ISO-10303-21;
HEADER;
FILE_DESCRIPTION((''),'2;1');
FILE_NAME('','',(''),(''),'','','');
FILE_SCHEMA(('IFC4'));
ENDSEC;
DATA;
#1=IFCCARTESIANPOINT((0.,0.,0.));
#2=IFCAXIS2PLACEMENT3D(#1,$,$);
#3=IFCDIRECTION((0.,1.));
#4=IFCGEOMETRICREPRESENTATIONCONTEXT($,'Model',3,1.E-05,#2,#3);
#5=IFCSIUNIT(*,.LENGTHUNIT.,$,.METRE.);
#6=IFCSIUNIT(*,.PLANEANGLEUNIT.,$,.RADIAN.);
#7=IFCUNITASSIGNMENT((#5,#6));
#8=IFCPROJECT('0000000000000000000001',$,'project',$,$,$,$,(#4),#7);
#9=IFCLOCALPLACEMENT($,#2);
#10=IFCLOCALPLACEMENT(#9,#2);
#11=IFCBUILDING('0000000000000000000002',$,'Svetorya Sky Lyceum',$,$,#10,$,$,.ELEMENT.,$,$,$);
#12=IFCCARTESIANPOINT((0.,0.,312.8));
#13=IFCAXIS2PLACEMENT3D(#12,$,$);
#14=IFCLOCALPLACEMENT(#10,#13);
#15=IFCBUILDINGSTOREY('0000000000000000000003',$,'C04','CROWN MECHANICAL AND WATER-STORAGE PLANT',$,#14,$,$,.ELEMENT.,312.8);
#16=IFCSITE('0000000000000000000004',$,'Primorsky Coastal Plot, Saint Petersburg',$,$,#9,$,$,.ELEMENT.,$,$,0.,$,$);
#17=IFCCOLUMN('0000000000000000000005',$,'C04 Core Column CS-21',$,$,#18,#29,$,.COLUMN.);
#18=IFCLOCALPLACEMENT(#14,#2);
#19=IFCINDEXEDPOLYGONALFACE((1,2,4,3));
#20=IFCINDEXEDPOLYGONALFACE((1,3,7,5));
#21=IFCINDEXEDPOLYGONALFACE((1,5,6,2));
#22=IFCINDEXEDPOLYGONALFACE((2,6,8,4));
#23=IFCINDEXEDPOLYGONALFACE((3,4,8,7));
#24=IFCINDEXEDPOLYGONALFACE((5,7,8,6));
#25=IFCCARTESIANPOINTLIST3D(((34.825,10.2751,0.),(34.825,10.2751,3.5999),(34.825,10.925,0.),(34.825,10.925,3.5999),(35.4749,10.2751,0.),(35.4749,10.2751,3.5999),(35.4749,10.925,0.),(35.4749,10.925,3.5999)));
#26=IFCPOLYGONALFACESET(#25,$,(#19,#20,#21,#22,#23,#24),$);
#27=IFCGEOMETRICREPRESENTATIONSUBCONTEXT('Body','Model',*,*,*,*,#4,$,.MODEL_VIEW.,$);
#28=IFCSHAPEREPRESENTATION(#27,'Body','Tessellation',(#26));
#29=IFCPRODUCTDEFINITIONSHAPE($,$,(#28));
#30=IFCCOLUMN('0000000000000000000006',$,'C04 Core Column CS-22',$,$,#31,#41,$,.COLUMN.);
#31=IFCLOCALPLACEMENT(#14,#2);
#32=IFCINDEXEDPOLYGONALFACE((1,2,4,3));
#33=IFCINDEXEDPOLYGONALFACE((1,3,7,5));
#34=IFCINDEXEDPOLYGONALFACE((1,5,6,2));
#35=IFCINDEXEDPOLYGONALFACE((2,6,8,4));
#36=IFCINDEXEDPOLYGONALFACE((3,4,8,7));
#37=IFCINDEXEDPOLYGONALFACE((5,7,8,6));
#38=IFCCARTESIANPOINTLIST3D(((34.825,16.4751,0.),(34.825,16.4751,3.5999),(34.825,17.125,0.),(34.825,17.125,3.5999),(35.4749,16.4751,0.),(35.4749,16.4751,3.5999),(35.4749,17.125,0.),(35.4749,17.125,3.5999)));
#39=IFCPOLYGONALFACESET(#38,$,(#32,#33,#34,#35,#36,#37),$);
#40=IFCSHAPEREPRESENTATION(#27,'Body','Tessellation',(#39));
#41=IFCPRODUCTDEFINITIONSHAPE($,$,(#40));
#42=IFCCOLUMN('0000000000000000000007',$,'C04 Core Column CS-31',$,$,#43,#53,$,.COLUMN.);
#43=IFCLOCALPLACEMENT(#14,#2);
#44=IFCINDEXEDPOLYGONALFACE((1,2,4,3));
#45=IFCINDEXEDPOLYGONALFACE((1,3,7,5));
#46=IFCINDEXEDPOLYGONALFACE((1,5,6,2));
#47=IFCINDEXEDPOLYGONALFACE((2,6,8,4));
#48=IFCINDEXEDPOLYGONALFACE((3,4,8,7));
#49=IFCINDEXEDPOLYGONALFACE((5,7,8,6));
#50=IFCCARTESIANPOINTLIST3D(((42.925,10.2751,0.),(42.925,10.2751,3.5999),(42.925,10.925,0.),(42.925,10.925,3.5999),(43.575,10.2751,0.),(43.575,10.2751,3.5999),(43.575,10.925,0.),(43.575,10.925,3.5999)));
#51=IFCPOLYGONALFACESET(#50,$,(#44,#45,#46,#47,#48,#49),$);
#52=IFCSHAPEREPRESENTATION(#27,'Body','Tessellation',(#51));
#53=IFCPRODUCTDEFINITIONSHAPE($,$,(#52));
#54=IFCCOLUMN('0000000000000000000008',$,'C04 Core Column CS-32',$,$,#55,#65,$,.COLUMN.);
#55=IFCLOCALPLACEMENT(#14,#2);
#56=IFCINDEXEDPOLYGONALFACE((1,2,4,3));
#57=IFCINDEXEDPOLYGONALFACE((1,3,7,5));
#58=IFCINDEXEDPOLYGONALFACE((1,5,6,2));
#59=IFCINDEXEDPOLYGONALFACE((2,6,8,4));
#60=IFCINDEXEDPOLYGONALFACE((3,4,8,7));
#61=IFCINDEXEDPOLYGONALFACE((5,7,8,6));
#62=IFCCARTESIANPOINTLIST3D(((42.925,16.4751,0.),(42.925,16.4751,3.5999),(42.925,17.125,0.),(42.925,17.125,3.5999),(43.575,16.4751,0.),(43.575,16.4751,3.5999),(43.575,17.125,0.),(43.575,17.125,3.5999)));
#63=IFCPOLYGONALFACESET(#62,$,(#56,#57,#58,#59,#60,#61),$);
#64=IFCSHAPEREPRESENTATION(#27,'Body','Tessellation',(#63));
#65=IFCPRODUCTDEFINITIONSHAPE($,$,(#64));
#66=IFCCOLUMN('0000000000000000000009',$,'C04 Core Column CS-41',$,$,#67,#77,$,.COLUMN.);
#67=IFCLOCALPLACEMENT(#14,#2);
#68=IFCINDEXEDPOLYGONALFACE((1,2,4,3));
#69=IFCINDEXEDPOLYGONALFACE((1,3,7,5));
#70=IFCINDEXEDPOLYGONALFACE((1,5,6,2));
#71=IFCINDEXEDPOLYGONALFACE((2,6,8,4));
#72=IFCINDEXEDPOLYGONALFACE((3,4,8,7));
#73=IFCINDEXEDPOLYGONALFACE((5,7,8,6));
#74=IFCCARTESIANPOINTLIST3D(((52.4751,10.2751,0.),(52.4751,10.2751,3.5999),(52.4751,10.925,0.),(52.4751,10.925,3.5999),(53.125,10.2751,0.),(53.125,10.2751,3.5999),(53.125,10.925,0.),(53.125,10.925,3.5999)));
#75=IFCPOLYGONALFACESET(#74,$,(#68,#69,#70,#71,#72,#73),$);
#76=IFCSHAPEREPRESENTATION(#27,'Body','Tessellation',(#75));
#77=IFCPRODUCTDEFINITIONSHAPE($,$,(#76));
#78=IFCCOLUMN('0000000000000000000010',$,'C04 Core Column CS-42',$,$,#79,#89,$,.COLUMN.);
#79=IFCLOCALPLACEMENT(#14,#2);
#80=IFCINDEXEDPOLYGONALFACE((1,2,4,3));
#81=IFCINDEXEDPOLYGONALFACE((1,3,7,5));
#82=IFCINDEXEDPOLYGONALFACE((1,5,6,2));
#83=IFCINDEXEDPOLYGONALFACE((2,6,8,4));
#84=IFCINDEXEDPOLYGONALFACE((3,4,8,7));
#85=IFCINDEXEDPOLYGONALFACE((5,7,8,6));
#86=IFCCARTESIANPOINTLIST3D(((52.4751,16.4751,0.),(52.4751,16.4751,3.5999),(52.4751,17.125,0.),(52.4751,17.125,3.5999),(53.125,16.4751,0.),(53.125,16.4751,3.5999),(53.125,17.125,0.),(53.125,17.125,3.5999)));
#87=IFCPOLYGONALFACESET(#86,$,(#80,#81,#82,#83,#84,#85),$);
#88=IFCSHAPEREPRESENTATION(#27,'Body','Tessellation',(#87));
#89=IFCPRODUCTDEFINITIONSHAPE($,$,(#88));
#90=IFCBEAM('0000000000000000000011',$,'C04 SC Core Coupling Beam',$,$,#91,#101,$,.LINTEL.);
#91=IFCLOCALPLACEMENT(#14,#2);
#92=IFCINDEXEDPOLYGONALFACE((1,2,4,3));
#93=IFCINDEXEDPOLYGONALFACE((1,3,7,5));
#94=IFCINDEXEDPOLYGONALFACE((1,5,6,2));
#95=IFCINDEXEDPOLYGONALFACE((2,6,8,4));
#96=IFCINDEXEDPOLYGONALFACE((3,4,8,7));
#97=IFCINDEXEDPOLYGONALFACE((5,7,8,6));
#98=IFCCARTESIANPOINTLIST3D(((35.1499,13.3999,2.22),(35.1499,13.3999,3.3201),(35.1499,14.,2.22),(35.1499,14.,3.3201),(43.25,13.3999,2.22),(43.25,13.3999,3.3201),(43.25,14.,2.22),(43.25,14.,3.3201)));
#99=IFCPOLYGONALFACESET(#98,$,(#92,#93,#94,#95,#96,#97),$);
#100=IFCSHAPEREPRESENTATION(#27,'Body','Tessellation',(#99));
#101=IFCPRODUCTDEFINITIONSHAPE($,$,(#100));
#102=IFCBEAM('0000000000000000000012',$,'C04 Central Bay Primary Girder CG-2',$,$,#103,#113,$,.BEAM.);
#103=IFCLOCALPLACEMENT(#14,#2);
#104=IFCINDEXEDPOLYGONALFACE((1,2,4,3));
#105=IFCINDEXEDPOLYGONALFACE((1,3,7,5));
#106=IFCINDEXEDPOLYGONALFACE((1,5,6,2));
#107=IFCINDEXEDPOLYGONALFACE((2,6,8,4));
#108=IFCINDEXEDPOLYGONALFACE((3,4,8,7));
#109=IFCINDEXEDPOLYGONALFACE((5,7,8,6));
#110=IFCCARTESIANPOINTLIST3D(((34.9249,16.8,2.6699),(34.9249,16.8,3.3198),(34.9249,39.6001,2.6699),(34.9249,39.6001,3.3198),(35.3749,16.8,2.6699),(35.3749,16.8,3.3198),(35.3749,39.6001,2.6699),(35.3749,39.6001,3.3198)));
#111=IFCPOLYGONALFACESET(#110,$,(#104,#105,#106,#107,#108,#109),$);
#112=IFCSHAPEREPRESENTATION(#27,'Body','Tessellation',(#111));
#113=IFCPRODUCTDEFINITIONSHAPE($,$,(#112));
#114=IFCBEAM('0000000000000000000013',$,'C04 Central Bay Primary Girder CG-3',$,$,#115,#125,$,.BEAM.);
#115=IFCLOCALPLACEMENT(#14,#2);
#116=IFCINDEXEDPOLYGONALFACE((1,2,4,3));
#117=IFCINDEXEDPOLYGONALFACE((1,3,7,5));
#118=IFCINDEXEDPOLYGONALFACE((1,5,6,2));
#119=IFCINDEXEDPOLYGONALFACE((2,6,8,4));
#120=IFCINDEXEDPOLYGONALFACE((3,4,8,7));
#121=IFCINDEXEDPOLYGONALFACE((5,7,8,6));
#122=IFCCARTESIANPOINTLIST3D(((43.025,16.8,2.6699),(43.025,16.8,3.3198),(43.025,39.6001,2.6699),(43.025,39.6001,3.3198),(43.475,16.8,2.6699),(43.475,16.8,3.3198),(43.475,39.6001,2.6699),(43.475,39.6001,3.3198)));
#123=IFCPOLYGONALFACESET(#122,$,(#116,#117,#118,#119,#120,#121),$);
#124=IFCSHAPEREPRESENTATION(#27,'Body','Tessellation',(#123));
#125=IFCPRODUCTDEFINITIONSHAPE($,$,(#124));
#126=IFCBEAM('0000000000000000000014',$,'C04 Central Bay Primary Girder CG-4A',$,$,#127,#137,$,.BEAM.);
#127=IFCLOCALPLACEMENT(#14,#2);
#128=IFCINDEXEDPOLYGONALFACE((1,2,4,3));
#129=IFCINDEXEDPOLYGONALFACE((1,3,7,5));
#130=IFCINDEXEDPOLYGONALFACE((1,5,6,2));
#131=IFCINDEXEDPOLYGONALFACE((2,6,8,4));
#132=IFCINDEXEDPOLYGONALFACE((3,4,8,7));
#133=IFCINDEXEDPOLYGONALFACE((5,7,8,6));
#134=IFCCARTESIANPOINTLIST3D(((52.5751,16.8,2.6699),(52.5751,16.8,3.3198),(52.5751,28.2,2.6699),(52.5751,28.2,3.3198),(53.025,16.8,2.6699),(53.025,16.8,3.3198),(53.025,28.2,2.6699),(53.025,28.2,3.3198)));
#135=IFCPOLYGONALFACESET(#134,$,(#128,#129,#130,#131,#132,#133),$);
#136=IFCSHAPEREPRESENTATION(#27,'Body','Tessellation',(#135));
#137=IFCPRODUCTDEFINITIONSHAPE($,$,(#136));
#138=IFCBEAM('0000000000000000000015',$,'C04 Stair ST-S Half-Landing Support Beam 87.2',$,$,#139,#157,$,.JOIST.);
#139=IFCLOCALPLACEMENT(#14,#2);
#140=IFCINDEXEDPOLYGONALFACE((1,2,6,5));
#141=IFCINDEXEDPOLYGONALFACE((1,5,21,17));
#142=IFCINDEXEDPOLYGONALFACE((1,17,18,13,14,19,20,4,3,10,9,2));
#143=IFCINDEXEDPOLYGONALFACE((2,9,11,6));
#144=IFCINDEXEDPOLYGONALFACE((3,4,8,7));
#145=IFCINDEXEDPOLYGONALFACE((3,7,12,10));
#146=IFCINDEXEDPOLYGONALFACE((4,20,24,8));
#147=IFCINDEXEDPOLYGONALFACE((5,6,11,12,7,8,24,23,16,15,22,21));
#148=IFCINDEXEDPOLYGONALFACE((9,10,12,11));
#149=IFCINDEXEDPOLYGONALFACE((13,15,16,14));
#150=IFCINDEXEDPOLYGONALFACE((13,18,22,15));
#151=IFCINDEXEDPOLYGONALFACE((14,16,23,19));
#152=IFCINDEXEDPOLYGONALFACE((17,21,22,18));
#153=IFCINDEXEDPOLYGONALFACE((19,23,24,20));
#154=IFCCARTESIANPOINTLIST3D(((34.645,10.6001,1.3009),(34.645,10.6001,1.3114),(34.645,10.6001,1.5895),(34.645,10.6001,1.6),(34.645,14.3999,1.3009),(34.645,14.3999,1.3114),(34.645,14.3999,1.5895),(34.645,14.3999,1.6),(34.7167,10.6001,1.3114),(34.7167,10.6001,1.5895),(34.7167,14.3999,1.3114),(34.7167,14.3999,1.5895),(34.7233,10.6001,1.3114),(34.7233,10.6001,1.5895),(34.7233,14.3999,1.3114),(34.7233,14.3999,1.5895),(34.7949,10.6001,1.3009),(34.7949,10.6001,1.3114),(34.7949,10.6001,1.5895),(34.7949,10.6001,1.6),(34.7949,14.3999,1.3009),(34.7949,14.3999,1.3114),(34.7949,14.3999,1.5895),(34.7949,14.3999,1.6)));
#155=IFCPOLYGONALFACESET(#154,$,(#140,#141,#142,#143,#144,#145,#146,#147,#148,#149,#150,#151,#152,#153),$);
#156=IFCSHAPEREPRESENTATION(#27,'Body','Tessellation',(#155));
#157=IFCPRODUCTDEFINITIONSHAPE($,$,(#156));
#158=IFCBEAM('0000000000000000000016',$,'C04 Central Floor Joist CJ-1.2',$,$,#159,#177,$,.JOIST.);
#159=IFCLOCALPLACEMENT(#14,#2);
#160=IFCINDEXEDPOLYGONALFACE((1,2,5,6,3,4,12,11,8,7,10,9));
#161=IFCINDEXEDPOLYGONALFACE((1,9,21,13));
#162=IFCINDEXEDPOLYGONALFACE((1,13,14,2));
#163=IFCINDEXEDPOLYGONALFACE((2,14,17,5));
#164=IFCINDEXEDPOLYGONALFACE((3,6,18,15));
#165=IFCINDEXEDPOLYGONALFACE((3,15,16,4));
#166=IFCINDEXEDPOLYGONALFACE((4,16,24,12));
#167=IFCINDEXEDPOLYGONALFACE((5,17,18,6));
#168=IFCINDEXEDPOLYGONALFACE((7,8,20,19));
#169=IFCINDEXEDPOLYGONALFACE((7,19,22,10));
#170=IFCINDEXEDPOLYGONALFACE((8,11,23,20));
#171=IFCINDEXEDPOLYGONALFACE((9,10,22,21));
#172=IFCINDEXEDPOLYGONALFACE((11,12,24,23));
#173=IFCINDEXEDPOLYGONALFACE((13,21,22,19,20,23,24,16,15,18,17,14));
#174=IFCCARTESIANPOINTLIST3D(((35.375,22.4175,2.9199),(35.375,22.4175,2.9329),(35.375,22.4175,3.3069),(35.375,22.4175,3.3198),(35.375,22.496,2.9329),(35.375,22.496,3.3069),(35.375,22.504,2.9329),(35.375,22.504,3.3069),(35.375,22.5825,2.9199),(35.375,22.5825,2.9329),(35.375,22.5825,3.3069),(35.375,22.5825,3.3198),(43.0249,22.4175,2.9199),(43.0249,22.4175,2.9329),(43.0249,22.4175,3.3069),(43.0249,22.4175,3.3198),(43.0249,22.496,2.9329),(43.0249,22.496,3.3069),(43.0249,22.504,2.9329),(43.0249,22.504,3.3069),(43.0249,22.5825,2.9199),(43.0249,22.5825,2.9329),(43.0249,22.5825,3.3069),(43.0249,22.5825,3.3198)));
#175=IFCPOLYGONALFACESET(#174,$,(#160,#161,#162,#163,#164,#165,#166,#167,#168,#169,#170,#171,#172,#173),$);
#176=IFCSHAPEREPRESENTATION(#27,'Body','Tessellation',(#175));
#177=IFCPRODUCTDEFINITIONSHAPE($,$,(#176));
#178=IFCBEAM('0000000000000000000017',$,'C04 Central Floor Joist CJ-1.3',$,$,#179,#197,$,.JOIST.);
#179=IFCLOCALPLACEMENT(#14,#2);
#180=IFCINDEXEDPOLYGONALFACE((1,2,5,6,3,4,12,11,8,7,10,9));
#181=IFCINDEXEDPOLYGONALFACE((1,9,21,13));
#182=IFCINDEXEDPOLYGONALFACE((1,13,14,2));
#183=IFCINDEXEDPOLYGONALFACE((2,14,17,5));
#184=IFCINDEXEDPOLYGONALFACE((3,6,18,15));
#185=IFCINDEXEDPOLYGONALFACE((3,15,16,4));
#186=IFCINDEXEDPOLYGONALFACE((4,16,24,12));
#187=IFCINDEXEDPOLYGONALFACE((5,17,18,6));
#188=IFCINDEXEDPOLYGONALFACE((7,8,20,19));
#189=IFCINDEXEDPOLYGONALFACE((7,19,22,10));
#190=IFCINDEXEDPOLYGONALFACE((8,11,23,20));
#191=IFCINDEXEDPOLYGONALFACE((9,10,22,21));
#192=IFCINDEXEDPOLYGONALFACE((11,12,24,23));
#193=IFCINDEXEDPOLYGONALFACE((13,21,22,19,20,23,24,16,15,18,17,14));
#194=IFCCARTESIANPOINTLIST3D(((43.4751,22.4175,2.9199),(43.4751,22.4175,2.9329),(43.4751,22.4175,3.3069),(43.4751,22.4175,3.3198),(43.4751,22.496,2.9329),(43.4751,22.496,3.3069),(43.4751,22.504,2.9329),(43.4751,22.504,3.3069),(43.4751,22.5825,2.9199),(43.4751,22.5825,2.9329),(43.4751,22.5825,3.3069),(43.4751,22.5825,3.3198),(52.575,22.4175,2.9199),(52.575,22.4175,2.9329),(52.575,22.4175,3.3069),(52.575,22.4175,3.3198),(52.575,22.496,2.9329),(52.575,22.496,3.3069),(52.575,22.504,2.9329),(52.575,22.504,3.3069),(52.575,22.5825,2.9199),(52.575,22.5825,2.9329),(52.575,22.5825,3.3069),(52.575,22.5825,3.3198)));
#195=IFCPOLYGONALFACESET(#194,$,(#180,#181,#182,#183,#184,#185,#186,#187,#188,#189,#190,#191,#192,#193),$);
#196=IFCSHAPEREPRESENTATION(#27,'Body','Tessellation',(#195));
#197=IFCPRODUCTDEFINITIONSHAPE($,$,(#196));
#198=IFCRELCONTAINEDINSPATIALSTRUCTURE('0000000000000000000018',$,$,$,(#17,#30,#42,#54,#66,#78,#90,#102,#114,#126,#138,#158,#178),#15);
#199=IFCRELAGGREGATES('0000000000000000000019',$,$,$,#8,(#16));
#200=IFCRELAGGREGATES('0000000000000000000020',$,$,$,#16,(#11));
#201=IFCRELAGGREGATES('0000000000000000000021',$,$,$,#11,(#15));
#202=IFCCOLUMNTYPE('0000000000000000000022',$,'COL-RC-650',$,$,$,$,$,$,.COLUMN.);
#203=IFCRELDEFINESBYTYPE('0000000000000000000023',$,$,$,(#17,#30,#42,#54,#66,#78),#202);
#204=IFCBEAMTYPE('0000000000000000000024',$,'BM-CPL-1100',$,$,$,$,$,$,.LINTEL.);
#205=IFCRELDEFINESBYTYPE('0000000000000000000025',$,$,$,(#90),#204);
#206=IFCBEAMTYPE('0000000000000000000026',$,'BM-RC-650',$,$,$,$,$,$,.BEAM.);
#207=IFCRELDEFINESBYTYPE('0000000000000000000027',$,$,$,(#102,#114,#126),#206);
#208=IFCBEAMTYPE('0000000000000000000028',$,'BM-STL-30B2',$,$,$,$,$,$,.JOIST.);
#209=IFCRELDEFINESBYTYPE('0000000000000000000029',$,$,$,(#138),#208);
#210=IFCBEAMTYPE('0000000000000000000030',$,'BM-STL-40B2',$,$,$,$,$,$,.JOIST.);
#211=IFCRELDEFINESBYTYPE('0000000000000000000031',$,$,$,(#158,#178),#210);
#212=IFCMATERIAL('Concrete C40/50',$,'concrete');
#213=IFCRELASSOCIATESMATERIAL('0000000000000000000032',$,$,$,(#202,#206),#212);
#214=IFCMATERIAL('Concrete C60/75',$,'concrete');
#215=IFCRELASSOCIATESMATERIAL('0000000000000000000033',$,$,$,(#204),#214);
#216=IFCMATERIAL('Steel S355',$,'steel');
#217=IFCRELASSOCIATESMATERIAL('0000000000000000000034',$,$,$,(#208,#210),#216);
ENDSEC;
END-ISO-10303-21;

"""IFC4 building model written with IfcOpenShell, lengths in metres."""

from ifc_helpers import new_model, si_unit, direction, frame, origin, origin_2d, place, context, subcontext, project, spatial, rectangle, i_section, extrude, material, material_profile, profile_set, type_object, element, save


model = new_model("IFC4")

# Units and contexts
model_context = context("Model", 3, precision=1e-05, world=origin(), true_north=direction((0.0, 1.0)))
body_context = subcontext(model_context, "Body", "Model", "MODEL_VIEW")
ifc_project = project(units=[si_unit("LENGTHUNIT", "METRE"), si_unit("PLANEANGLEUNIT", "RADIAN")], contexts=[model_context])

# Site, building, storey
site_placement = place(None, origin())
site = spatial("IfcSite", under=ifc_project, at=site_placement, Name="Primorsky Coastal Plot, Saint Petersburg", CompositionType="ELEMENT", RefElevation=0.0)
building_placement = place(site_placement, origin())
building = spatial("IfcBuilding", under=site, at=building_placement, Name="Svetorya Sky Lyceum", CompositionType="ELEMENT")
storey_placement = place(building_placement, frame((0.0, 0.0, 312.8)))
storey = spatial("IfcBuildingStorey", under=building, at=storey_placement, Name="C04", Description="CROWN MECHANICAL AND WATER-STORAGE PLANT", CompositionType="ELEMENT", Elevation=312.8)

# Columns
ifc_material_1 = material(Name="Concrete C40/50", Category="concrete")
ifc_material_profile_1 = material_profile(ifc_material_1, rectangle(XDim=0.6499, YDim=0.6499, at=origin_2d()), Name="RC COL 650x650")
ifc_profile_set_1 = profile_set([ifc_material_profile_1], Name="Concrete C40/50")
column_type = type_object("IfcColumnType", Name="COL-RC-650", PredefinedType="COLUMN", material=ifc_profile_set_1)
for number, where, z_axis, x_axis, name in (
    (1, (35.1499, 10.6001, 0.0), (0.0, 0.0, 1.0), (1.0, 0.0, 0.0), "C04 Core Column CS-21"),
    (2, (35.1499, 16.8, 0.0), (0.0, 0.0, 1.0), (1.0, 0.0, 0.0), "C04 Core Column CS-22"),
    (3, (43.25, 10.6001, 0.0), (0.0, 0.0, 1.0), (1.0, 0.0, 0.0), "C04 Core Column CS-31"),
    (4, (43.25, 16.8, 0.0), (0.0, 0.0, 1.0), (1.0, 0.0, 0.0), "C04 Core Column CS-32"),
    (5, (52.8, 10.6001, 0.0), (0.0, 0.0, 1.0), (1.0, 0.0, 0.0), "C04 Core Column CS-41"),
    (6, (52.8, 16.8, 0.0), (0.0, 0.0, 1.0), (1.0, 0.0, 0.0), "C04 Core Column CS-42"),
):
    element("IfcColumn", number, at=place(storey_placement, frame(where, z_axis=z_axis, x_axis=x_axis)), inside=storey, type_object=column_type, Name=name, PredefinedType="COLUMN", context=body_context, shape_type="SweptSolid", body=[
        extrude(rectangle(XDim=0.6499, YDim=0.6499, at=origin_2d()), origin(), (0.0, 0.0, 1.0), 3.5999),
    ])

# Beams
ifc_material_2 = material(Name="Concrete C60/75", Category="concrete")
ifc_material_profile_2 = material_profile(ifc_material_2, rectangle(XDim=0.6001, YDim=1.1001, at=origin_2d()), Name="RC COUPLING 600x1100")
ifc_profile_set_2 = profile_set([ifc_material_profile_2], Name="Concrete C60/75")
beam_type_1 = type_object("IfcBeamType", Name="BM-CPL-1100", PredefinedType="LINTEL", material=ifc_profile_set_2)
beam_1_placement = place(storey_placement, frame((35.1499, 13.7, 2.77), z_axis=(1.0, 0.0, 0.0), x_axis=(0.0, 1.0, 0.0)))
element("IfcBeam", 7, at=beam_1_placement, inside=storey, type_object=beam_type_1, Name="C04 SC Core Coupling Beam", PredefinedType="LINTEL", context=body_context, shape_type="SweptSolid", body=[
    extrude(rectangle(XDim=0.6001, YDim=1.1001, at=origin_2d()), origin(), (0.0, 0.0, 1.0), 8.1001),
])
ifc_material_profile_3 = material_profile(ifc_material_1, rectangle(XDim=0.45, YDim=0.6499, at=origin_2d()), Name="RC BEAM 450x650")
ifc_profile_set_3 = profile_set([ifc_material_profile_3], Name="Concrete C40/50")
beam_type_2 = type_object("IfcBeamType", Name="BM-RC-650", PredefinedType="BEAM", material=ifc_profile_set_3)
for number, where, z_axis, x_axis, name in (
    (8, (35.1499, 16.8, 2.9949), (0.0, 1.0, 0.0), (-1.0, 0.0, 0.0), "C04 Central Bay Primary Girder CG-2"),
    (9, (43.25, 16.8, 2.9949), (0.0, 1.0, 0.0), (-1.0, 0.0, 0.0), "C04 Central Bay Primary Girder CG-3"),
):
    element("IfcBeam", number, at=place(storey_placement, frame(where, z_axis=z_axis, x_axis=x_axis)), inside=storey, type_object=beam_type_2, Name=name, PredefinedType="BEAM", context=body_context, shape_type="SweptSolid", body=[
        extrude(rectangle(XDim=0.45, YDim=0.6499, at=origin_2d()), origin(), (0.0, 0.0, 1.0), 22.8),
    ])
beam_2_placement = place(storey_placement, frame((52.8, 16.8, 2.9949), z_axis=(0.0, 1.0, 0.0), x_axis=(-1.0, 0.0, 0.0)))
element("IfcBeam", 10, at=beam_2_placement, inside=storey, type_object=beam_type_2, Name="C04 Central Bay Primary Girder CG-4A", PredefinedType="BEAM", context=body_context, shape_type="SweptSolid", body=[
    extrude(rectangle(XDim=0.45, YDim=0.6499, at=origin_2d()), origin(), (0.0, 0.0, 1.0), 11.3999),
])
ifc_material_3 = material(Name="Steel S355", Category="steel")
ifc_material_profile_4 = material_profile(ifc_material_3, i_section(OverallWidth=0.1499, OverallDepth=0.2991, WebThickness=0.0066, FlangeThickness=0.0105, at=origin_2d()), Name="GOST 30B2")
ifc_profile_set_4 = profile_set([ifc_material_profile_4], Name="Steel S355")
beam_type_3 = type_object("IfcBeamType", Name="BM-STL-30B2", PredefinedType="JOIST", material=ifc_profile_set_4)
beam_3_placement = place(storey_placement, frame((34.72, 10.6001, 1.4504), z_axis=(0.0, 1.0, 0.0), x_axis=(-1.0, 0.0, 0.0)))
element("IfcBeam", 11, at=beam_3_placement, inside=storey, type_object=beam_type_3, Name="C04 Stair ST-S Half-Landing Support Beam 87.2", PredefinedType="JOIST", context=body_context, shape_type="SweptSolid", body=[
    extrude(i_section(OverallWidth=0.1499, OverallDepth=0.2991, WebThickness=0.0066, FlangeThickness=0.0105, at=origin_2d()), origin(), (0.0, 0.0, 1.0), 3.7998),
])
ifc_material_profile_5 = material_profile(ifc_material_3, i_section(OverallWidth=0.165, OverallDepth=0.3999, WebThickness=0.0081, FlangeThickness=0.0129, at=origin_2d()), Name="GOST 40B2")
ifc_profile_set_5 = profile_set([ifc_material_profile_5], Name="Steel S355")
beam_type_4 = type_object("IfcBeamType", Name="BM-STL-40B2", PredefinedType="JOIST", material=ifc_profile_set_5)
beam_4_placement = place(storey_placement, frame((35.375, 22.5, 3.1199), z_axis=(1.0, 0.0, 0.0), x_axis=(0.0, 1.0, 0.0)))
element("IfcBeam", 12, at=beam_4_placement, inside=storey, type_object=beam_type_4, Name="C04 Central Floor Joist CJ-1.2", PredefinedType="JOIST", context=body_context, shape_type="SweptSolid", body=[
    extrude(i_section(OverallWidth=0.165, OverallDepth=0.3999, WebThickness=0.0081, FlangeThickness=0.0129, at=origin_2d()), origin(), (0.0, 0.0, 1.0), 7.6499),
])
beam_5_placement = place(storey_placement, frame((43.4751, 22.5, 3.1199), z_axis=(1.0, 0.0, 0.0), x_axis=(0.0, 1.0, 0.0)))
element("IfcBeam", 13, at=beam_5_placement, inside=storey, type_object=beam_type_4, Name="C04 Central Floor Joist CJ-1.3", PredefinedType="JOIST", context=body_context, shape_type="SweptSolid", body=[
    extrude(i_section(OverallWidth=0.165, OverallDepth=0.3999, WebThickness=0.0081, FlangeThickness=0.0129, at=origin_2d()), origin(), (0.0, 0.0, 1.0), 9.0999),
])

save(model, "model.ifc")
